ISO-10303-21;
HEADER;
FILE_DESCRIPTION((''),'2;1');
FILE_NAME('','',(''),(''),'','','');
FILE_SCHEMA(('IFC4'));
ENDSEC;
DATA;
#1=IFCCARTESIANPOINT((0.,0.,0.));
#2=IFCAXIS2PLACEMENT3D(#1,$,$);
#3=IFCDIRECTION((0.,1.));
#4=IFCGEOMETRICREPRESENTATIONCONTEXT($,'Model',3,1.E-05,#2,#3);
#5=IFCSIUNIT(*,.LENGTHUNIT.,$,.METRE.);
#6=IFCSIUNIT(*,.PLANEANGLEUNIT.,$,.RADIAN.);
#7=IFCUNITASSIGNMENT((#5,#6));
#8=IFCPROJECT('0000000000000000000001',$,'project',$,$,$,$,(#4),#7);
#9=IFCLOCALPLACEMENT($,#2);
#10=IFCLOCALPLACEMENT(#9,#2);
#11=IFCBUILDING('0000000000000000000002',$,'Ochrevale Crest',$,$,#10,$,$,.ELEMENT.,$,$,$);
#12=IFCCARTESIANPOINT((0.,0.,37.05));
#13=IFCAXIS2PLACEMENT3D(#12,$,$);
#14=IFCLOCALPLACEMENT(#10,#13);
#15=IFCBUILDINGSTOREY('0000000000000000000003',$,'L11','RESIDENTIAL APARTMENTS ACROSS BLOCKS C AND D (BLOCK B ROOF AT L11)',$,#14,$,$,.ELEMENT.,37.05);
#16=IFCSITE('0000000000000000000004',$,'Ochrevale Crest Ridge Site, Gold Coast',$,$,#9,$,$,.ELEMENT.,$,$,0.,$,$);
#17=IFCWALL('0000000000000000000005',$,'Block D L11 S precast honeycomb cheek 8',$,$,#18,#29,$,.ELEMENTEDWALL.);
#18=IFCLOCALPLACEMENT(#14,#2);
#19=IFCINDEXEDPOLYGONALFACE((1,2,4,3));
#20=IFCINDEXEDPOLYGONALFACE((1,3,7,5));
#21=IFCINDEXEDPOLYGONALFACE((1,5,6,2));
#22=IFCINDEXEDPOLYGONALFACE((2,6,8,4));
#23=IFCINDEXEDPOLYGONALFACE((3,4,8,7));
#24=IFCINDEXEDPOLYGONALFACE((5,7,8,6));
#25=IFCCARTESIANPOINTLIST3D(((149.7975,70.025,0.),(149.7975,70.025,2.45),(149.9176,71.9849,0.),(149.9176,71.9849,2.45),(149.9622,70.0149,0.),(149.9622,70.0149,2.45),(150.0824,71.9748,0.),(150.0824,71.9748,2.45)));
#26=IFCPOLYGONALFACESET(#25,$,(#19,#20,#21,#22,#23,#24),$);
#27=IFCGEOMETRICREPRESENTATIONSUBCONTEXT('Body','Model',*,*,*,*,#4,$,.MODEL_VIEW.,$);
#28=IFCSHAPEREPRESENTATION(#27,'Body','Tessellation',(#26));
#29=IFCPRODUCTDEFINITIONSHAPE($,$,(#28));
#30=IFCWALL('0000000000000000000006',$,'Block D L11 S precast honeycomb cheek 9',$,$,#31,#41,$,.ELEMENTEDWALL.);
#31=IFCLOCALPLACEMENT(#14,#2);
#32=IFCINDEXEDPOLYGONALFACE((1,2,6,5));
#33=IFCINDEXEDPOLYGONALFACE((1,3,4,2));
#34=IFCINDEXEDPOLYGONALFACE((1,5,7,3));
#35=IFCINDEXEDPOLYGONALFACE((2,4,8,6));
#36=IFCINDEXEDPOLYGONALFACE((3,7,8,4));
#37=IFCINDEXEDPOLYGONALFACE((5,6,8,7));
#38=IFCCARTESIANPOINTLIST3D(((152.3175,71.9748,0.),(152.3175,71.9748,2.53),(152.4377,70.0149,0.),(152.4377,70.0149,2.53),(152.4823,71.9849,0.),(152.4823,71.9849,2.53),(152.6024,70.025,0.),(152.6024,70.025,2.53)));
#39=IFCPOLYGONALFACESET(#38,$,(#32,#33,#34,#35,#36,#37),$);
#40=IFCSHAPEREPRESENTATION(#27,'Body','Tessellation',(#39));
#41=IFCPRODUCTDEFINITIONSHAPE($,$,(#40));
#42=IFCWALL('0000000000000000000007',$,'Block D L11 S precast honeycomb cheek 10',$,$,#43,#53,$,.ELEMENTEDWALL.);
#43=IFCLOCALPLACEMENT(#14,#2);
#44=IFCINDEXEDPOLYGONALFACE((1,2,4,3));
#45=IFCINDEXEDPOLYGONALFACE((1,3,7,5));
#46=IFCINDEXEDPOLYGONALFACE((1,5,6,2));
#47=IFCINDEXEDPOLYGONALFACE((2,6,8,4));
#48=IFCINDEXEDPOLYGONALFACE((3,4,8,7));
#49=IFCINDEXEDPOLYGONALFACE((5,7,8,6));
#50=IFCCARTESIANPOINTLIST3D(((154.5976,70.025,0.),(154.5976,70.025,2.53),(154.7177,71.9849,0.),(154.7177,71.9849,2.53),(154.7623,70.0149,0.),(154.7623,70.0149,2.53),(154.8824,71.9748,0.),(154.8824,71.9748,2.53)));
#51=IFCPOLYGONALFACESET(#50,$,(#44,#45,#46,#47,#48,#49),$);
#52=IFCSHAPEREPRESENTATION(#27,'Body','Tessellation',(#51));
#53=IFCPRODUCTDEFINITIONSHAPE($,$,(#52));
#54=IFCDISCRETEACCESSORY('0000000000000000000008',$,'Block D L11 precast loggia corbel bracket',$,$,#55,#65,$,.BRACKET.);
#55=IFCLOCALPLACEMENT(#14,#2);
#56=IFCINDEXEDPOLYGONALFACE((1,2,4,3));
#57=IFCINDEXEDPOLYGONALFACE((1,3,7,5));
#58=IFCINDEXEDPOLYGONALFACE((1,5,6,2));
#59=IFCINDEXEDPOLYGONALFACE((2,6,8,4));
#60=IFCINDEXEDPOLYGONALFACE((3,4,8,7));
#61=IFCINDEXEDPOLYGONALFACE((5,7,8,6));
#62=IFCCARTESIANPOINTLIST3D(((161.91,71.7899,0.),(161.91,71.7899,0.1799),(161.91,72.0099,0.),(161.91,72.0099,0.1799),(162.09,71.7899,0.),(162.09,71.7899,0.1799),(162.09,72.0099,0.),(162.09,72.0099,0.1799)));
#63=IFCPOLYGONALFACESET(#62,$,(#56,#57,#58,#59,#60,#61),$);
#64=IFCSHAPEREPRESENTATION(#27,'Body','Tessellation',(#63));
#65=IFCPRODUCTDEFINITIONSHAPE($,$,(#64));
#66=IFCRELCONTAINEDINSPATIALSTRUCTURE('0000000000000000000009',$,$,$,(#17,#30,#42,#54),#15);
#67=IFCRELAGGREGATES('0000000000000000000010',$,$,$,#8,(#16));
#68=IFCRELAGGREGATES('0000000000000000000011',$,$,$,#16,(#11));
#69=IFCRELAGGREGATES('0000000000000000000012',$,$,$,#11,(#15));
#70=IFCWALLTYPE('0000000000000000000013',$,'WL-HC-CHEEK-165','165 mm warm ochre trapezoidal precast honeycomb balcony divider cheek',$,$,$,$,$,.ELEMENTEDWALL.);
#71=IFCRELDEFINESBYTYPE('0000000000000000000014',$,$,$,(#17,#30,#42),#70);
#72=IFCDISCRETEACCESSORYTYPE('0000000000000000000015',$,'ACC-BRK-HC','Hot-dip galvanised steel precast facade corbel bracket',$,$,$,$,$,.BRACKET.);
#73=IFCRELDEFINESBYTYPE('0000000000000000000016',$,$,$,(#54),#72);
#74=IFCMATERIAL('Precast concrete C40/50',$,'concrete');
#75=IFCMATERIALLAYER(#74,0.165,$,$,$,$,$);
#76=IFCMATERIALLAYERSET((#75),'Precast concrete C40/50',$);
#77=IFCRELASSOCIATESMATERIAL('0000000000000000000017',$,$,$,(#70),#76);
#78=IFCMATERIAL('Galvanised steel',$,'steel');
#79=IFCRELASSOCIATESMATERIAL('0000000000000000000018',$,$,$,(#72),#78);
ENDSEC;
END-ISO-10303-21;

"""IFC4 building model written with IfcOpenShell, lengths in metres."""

from ifc_helpers import new_model, si_unit, direction, frame, frame_2d, origin, origin_2d, place, context, subcontext, project, spatial, rectangle, extrude, material, layer, layer_set, type_object, element, save


model = new_model("IFC4")

# Units and contexts
model_context = context("Model", 3, precision=1e-05, world=origin(), true_north=direction((0.0, 1.0)))
body_context = subcontext(model_context, "Body", "Model", "MODEL_VIEW")
ifc_project = project(units=[si_unit("LENGTHUNIT", "METRE"), si_unit("PLANEANGLEUNIT", "RADIAN")], contexts=[model_context])

# Site, building, storey
site_placement = place(None, origin())
site = spatial("IfcSite", under=ifc_project, at=site_placement, Name="Ochrevale Crest Ridge Site, Gold Coast", CompositionType="ELEMENT", RefElevation=0.0)
building_placement = place(site_placement, origin())
building = spatial("IfcBuilding", under=site, at=building_placement, Name="Ochrevale Crest", CompositionType="ELEMENT")
storey_placement = place(building_placement, frame((0.0, 0.0, 37.05)))
storey = spatial("IfcBuildingStorey", under=building, at=storey_placement, Name="L11", Description="RESIDENTIAL APARTMENTS ACROSS BLOCKS C AND D (BLOCK B ROOF AT L11)", CompositionType="ELEMENT", Elevation=37.05)

# Shared definitions
ifc_material_1 = material(Name="Precast concrete C40/50", Category="concrete")

# Walls
ifc_layer_1 = layer(ifc_material_1, 0.165)
ifc_layer_set_1 = layer_set([ifc_layer_1], Name="Precast concrete C40/50")
wall_type = type_object("IfcWallType", Name="WL-HC-CHEEK-165", Description="165 mm warm ochre trapezoidal precast honeycomb balcony divider cheek", PredefinedType="ELEMENTEDWALL", material=ifc_layer_set_1)
for number, where, z_axis, x_axis, name in (
    (1, (150.0, 71.98, 0.0), (0.0, 0.0, 1.0), (-0.061171, -0.998127, 0.0), "Block D L11 S precast honeycomb cheek 8"),
):
    element("IfcWall", number, at=place(storey_placement, frame(where, z_axis=z_axis, x_axis=x_axis)), inside=storey, type_object=wall_type, Name=name, PredefinedType="ELEMENTEDWALL", context=body_context, shape_type="SweptSolid", body=[
        extrude(rectangle(XDim=1.9636, YDim=0.165, at=frame_2d((0.9819, 0.0))), origin(), (0.0, 0.0, 1.0), 2.45),
    ])
for number, where, z_axis, x_axis, name in (
    (2, (152.3999, 71.98, 0.0), (0.0, 0.0, 1.0), (0.061171, -0.998127, 0.0), "Block D L11 S precast honeycomb cheek 9"),
    (3, (154.8, 71.98, 0.0), (0.0, 0.0, 1.0), (-0.061171, -0.998127, 0.0), "Block D L11 S precast honeycomb cheek 10"),
):
    element("IfcWall", number, at=place(storey_placement, frame(where, z_axis=z_axis, x_axis=x_axis)), inside=storey, type_object=wall_type, Name=name, PredefinedType="ELEMENTEDWALL", context=body_context, shape_type="SweptSolid", body=[
        extrude(rectangle(XDim=1.9636, YDim=0.165, at=frame_2d((0.9819, 0.0))), origin(), (0.0, 0.0, 1.0), 2.53),
    ])

# Discrete accessory
ifc_material_2 = material(Name="Galvanised steel", Category="steel")
discrete_accessory_type = type_object("IfcDiscreteAccessoryType", Name="ACC-BRK-HC", Description="Hot-dip galvanised steel precast facade corbel bracket", PredefinedType="BRACKET", material=ifc_material_2)
discrete_accessory_placement = place(storey_placement, frame((162.0, 71.8999, 0.0), z_axis=(0.0, 0.0, 1.0), x_axis=(1.0, 0.0, 0.0)))
element("IfcDiscreteAccessory", 4, at=discrete_accessory_placement, inside=storey, type_object=discrete_accessory_type, Name="Block D L11 precast loggia corbel bracket", PredefinedType="BRACKET", context=body_context, shape_type="SweptSolid", body=[
    extrude(rectangle(XDim=0.1799, YDim=0.22, at=origin_2d()), origin(), (0.0, 0.0, 1.0), 0.1799),
])

save(model, "model.ifc")
